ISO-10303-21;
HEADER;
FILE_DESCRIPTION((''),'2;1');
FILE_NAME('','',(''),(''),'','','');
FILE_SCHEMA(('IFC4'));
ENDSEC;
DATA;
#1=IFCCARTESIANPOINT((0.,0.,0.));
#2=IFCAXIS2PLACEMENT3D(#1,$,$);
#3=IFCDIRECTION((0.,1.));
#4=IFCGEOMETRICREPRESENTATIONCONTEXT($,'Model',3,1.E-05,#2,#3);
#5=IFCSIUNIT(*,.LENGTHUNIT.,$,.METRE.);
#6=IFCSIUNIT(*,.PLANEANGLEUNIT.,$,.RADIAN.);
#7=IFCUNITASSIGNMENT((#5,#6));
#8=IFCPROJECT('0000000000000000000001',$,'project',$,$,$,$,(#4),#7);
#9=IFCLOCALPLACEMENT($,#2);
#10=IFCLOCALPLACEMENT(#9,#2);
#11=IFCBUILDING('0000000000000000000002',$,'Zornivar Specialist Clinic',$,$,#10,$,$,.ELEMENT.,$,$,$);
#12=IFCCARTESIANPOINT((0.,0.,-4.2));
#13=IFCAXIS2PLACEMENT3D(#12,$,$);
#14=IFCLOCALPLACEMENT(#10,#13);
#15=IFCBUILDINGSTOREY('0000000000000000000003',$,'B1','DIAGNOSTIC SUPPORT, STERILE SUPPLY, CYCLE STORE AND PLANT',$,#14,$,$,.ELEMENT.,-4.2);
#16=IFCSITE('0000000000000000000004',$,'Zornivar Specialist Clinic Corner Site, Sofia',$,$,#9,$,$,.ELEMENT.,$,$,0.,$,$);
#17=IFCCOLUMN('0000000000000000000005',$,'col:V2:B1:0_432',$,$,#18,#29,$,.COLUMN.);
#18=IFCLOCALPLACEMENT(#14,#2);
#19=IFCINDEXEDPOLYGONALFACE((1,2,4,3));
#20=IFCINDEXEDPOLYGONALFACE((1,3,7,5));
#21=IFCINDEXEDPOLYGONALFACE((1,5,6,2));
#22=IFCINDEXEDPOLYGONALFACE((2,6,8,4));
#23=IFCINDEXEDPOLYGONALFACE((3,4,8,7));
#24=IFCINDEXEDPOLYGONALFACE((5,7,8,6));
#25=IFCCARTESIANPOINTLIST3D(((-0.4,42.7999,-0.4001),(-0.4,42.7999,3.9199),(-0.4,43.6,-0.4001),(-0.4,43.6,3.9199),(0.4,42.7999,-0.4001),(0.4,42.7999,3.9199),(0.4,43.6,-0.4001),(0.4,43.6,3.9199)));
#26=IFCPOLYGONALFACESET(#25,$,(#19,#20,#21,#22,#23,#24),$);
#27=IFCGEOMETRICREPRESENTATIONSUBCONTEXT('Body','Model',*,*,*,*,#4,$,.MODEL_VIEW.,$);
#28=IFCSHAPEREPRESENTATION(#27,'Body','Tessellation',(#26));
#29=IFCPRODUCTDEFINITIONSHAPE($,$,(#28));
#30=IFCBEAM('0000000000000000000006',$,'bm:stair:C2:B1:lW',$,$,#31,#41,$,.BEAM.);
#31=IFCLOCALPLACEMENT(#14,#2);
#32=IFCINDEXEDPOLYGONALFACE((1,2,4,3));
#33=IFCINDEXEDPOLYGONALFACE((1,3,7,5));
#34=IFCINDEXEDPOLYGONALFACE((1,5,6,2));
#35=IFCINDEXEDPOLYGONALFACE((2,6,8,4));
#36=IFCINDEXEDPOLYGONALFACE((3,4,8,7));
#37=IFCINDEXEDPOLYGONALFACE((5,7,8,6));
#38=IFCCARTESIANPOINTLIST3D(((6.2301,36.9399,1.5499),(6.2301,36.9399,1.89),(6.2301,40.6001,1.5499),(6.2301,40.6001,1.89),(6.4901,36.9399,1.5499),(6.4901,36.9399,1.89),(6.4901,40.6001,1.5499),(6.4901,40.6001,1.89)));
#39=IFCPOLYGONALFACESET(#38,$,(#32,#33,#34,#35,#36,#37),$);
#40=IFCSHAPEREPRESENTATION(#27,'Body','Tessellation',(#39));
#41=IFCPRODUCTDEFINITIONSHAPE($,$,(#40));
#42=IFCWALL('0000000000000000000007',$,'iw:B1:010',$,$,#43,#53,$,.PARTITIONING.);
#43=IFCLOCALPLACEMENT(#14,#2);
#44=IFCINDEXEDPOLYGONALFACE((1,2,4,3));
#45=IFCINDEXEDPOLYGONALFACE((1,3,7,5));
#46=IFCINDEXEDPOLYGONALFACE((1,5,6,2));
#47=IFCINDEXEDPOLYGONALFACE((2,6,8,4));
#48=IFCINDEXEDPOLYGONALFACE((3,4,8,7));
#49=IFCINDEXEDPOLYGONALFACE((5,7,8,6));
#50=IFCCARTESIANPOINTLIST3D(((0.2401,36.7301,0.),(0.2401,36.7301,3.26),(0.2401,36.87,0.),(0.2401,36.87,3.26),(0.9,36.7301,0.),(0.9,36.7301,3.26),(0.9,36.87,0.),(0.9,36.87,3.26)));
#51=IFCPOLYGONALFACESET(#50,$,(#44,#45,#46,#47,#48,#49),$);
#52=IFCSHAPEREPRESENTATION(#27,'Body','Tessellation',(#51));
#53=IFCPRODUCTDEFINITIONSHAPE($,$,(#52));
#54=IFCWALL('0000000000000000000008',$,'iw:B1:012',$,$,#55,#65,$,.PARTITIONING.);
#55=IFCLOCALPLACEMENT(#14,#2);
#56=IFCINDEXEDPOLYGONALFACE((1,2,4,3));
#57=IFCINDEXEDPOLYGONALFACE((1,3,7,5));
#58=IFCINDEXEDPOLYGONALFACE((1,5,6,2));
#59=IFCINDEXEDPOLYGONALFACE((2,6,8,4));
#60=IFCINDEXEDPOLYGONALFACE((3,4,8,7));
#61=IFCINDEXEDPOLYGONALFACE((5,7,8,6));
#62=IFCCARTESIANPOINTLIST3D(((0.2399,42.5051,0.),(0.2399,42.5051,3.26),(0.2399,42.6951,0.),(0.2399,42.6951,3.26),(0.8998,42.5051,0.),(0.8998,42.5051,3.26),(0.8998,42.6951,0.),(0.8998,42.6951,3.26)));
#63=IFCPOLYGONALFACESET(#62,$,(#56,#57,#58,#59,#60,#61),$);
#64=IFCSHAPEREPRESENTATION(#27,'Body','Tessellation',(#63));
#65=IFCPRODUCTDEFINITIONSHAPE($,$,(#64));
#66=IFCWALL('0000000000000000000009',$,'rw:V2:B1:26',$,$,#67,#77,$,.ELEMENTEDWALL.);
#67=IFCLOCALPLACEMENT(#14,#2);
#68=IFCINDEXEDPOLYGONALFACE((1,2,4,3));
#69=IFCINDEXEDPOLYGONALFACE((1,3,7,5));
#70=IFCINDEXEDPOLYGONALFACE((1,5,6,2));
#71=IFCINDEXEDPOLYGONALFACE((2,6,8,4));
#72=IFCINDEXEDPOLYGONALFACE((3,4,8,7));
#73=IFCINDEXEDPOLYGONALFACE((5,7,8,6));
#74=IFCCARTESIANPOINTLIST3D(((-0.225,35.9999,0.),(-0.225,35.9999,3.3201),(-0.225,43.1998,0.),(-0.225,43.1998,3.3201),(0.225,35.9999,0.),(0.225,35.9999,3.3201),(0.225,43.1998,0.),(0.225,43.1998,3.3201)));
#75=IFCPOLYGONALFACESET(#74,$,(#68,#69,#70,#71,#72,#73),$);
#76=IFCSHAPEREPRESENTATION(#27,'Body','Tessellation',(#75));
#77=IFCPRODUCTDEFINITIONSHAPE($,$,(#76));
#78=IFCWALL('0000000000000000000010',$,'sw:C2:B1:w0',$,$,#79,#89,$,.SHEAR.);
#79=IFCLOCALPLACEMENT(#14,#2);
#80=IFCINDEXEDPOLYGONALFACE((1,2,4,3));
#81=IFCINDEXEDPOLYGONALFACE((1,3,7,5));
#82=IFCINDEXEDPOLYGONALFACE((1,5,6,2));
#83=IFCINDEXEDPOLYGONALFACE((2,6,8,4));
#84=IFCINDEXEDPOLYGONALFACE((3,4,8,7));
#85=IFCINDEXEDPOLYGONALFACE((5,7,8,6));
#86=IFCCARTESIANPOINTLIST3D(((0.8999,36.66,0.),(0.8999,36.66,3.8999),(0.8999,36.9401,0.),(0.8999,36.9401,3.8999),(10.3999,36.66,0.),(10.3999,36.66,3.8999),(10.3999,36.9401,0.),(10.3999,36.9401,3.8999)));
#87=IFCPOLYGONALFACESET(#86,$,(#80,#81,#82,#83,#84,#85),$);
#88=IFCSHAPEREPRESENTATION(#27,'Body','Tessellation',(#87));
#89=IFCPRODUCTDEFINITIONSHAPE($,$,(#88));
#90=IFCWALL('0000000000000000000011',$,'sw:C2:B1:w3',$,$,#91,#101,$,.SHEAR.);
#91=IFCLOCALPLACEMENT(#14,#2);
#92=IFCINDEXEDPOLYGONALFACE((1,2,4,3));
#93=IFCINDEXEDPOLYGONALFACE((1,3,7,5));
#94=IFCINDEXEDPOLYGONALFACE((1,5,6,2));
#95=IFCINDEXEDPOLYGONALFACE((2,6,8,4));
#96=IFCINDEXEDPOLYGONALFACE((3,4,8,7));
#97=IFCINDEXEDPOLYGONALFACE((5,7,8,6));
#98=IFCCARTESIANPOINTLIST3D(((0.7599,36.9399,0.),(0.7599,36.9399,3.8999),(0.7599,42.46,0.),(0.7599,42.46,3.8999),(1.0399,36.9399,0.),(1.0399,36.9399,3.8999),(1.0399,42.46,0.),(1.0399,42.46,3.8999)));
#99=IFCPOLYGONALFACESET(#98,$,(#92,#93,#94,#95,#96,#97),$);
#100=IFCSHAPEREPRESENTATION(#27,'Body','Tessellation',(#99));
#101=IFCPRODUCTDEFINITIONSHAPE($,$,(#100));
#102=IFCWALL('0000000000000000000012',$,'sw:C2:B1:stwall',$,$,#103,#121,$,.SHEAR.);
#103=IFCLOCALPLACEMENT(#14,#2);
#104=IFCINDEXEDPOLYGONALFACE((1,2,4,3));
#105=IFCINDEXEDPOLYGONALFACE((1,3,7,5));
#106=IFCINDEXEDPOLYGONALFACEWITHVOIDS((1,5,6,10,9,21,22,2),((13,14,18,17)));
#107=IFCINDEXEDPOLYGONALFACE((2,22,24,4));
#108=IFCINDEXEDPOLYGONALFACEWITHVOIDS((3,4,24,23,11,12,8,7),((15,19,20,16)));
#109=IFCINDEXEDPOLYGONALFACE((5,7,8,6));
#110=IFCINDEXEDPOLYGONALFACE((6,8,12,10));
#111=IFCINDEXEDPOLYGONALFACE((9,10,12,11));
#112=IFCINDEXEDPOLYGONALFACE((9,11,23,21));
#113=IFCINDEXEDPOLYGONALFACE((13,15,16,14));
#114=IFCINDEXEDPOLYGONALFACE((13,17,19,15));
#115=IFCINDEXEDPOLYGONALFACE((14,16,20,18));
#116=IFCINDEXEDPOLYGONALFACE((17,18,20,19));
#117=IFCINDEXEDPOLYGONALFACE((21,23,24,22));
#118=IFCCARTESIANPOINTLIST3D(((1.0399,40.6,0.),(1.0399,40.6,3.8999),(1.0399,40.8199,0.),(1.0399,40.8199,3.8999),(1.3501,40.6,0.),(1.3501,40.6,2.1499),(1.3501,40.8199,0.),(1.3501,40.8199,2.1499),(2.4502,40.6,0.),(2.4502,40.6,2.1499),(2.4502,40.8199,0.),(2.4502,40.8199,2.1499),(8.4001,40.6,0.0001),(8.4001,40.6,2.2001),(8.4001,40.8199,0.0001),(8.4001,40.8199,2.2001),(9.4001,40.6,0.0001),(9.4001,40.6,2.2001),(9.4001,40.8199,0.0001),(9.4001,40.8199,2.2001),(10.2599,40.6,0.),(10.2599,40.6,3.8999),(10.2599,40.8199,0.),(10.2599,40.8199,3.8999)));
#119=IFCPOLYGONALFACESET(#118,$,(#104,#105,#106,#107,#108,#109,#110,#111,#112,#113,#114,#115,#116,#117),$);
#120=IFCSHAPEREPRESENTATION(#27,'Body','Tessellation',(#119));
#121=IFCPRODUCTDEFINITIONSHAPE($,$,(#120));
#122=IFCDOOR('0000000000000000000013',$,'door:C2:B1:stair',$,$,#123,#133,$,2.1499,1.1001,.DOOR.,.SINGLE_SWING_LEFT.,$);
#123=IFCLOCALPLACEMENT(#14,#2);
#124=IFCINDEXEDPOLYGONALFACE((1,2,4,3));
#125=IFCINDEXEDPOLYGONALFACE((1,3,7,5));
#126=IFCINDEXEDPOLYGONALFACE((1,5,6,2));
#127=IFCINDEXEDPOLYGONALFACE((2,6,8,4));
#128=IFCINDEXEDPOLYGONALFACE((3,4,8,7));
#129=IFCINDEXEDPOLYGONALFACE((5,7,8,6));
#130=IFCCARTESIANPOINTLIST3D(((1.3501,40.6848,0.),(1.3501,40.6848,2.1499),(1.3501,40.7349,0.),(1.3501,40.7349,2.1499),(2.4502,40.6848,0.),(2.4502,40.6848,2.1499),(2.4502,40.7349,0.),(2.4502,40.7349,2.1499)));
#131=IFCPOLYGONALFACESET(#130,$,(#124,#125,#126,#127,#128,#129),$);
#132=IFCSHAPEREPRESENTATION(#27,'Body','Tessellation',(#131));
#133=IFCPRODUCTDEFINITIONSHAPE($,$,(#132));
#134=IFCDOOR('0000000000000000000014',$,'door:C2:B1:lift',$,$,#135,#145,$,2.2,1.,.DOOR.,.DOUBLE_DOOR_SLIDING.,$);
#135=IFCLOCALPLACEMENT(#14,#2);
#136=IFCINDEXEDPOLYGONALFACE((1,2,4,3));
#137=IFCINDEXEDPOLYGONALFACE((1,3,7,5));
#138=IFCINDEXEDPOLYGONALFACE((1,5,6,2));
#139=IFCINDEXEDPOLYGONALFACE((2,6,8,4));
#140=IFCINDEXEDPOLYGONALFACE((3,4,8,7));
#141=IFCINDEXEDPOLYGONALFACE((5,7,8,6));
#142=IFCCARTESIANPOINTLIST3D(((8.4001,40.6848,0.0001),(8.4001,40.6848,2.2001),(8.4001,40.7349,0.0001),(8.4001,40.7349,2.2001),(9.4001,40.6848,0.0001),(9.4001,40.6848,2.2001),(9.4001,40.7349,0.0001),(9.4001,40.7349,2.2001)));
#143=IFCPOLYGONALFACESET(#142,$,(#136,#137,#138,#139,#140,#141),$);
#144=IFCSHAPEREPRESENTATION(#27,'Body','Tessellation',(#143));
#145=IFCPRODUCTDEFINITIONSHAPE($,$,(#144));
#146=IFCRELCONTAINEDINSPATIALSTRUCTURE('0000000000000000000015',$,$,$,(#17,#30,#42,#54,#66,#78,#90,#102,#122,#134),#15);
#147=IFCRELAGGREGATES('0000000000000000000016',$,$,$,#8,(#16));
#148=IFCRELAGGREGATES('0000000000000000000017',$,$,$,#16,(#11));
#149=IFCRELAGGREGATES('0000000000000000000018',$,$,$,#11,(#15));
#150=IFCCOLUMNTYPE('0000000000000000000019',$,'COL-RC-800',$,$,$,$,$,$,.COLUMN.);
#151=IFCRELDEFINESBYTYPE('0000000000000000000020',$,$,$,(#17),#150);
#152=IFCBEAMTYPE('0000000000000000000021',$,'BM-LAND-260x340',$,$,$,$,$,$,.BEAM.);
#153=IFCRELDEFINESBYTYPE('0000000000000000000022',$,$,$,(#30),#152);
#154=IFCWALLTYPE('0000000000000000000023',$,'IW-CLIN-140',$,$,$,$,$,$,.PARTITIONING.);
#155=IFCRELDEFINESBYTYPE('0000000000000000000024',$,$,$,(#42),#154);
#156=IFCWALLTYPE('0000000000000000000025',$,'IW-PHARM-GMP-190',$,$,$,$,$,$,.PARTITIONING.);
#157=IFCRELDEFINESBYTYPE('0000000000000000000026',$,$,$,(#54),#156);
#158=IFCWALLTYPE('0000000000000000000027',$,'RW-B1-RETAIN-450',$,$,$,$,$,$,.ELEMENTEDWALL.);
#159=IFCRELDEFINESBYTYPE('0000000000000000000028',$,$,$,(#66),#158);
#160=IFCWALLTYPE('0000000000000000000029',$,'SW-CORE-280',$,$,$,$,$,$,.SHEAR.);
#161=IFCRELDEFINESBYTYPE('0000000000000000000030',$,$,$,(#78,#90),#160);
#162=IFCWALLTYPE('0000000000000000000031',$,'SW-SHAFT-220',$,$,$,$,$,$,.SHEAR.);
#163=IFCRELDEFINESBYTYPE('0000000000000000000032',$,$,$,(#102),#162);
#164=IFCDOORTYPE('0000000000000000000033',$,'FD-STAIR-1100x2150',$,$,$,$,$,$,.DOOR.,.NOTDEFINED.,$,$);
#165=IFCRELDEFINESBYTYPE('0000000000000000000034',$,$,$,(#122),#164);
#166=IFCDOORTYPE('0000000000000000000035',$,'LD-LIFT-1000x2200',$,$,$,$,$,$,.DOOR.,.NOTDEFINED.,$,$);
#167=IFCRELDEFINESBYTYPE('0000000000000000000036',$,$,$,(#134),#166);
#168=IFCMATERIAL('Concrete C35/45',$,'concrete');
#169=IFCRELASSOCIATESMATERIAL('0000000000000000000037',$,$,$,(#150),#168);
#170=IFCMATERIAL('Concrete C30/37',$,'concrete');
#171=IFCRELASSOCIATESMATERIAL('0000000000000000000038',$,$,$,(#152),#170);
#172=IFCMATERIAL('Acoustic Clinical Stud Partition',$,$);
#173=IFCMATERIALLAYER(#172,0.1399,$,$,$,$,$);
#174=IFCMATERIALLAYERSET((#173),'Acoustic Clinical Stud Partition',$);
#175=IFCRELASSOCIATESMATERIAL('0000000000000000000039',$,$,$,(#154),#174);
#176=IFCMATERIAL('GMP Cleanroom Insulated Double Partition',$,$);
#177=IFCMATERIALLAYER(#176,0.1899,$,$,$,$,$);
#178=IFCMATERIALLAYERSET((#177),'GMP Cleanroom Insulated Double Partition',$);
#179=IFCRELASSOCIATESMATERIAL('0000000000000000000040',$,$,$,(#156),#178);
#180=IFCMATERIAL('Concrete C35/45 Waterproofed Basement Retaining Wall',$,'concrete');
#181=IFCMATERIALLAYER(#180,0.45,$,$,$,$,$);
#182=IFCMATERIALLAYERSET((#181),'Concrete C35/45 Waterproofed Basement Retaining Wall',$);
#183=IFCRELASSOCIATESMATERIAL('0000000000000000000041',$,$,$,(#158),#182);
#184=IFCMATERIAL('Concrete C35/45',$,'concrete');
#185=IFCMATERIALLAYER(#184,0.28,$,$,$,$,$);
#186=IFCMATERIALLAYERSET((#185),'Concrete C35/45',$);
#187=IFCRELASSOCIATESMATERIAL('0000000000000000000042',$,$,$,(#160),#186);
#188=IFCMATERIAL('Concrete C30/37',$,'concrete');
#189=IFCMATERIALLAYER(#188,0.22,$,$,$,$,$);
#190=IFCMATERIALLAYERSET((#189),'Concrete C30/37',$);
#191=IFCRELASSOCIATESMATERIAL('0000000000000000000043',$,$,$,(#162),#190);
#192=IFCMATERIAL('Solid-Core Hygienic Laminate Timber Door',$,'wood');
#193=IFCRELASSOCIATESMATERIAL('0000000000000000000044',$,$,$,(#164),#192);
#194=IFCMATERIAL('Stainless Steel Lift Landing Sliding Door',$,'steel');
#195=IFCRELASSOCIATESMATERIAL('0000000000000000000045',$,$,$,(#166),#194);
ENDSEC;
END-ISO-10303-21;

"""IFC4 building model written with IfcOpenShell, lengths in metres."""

from ifc_helpers import new_model, si_unit, direction, frame, frame_2d, origin, origin_2d, place, context, subcontext, project, spatial, rectangle, extrude, material, layer, layer_set, material_profile, profile_set, type_object, element, fill, save


model = new_model("IFC4")

# Units and contexts
model_context = context("Model", 3, precision=1e-05, world=origin(), true_north=direction((0.0, 1.0)))
body_context = subcontext(model_context, "Body", "Model", "MODEL_VIEW")
ifc_project = project(units=[si_unit("LENGTHUNIT", "METRE"), si_unit("PLANEANGLEUNIT", "RADIAN")], contexts=[model_context])

# Site, building, storey
site_placement = place(None, origin())
site = spatial("IfcSite", under=ifc_project, at=site_placement, Name="Zornivar Specialist Clinic Corner Site, Sofia", CompositionType="ELEMENT", RefElevation=0.0)
building_placement = place(site_placement, origin())
building = spatial("IfcBuilding", under=site, at=building_placement, Name="Zornivar Specialist Clinic", CompositionType="ELEMENT")
storey_placement = place(building_placement, frame((0.0, 0.0, -4.2)))
storey = spatial("IfcBuildingStorey", under=building, at=storey_placement, Name="B1", Description="DIAGNOSTIC SUPPORT, STERILE SUPPLY, CYCLE STORE AND PLANT", CompositionType="ELEMENT", Elevation=-4.2)

# Column
ifc_material_1 = material(Name="Concrete C35/45", Category="concrete")
ifc_material_profile_1 = material_profile(ifc_material_1, rectangle(XDim=0.8, YDim=0.8, at=origin_2d()), Name="RC 800x800")
ifc_profile_set_1 = profile_set([ifc_material_profile_1], Name="Concrete C35/45")
column_type = type_object("IfcColumnType", Name="COL-RC-800", PredefinedType="COLUMN", material=ifc_profile_set_1)
column_placement = place(storey_placement, frame((0.0, 43.2, -0.4001), z_axis=(0.0, 0.0, 1.0), x_axis=(1.0, 0.0, 0.0)))
element("IfcColumn", 1, at=column_placement, inside=storey, type_object=column_type, Name="col:V2:B1:0_432", PredefinedType="COLUMN", context=body_context, shape_type="SweptSolid", body=[
    extrude(rectangle(XDim=0.8, YDim=0.8, at=origin_2d()), origin(), (0.0, 0.0, 1.0), 4.3201),
])

# Beam
ifc_material_2 = material(Name="Concrete C30/37", Category="concrete")
ifc_material_profile_2 = material_profile(ifc_material_2, rectangle(XDim=0.26, YDim=0.3401, at=origin_2d()), Name="RC 260x340")
ifc_profile_set_2 = profile_set([ifc_material_profile_2], Name="Concrete C30/37")
beam_type = type_object("IfcBeamType", Name="BM-LAND-260x340", PredefinedType="BEAM", material=ifc_profile_set_2)
beam_placement = place(storey_placement, frame((6.3601, 36.9399, 1.72), z_axis=(0.0, 1.0, 0.0), x_axis=(-1.0, 0.0, 0.0)))
element("IfcBeam", 2, at=beam_placement, inside=storey, type_object=beam_type, Name="bm:stair:C2:B1:lW", PredefinedType="BEAM", context=body_context, shape_type="SweptSolid", body=[
    extrude(rectangle(XDim=0.26, YDim=0.3401, at=origin_2d()), origin(), (0.0, 0.0, 1.0), 3.6602),
])

# Walls
ifc_material_3 = material(Name="Acoustic Clinical Stud Partition")
ifc_layer_1 = layer(ifc_material_3, 0.1399)
ifc_layer_set_1 = layer_set([ifc_layer_1], Name="Acoustic Clinical Stud Partition")
wall_type_1 = type_object("IfcWallType", Name="IW-CLIN-140", PredefinedType="PARTITIONING", material=ifc_layer_set_1)
wall_1_placement = place(storey_placement, frame((0.24, 36.8, 0.0), z_axis=(0.0, 0.0, 1.0), x_axis=(1.0, 0.0, 0.0)))
element("IfcWall", 3, at=wall_1_placement, inside=storey, type_object=wall_type_1, Name="iw:B1:010", PredefinedType="PARTITIONING", context=body_context, shape_type="SweptSolid", body=[
    extrude(rectangle(XDim=0.6599, YDim=0.1399, at=frame_2d((0.3301, 0.0))), origin(), (0.0, 0.0, 1.0), 3.26),
])
ifc_material_4 = material(Name="GMP Cleanroom Insulated Double Partition")
ifc_layer_2 = layer(ifc_material_4, 0.1899)
ifc_layer_set_2 = layer_set([ifc_layer_2], Name="GMP Cleanroom Insulated Double Partition")
wall_type_2 = type_object("IfcWallType", Name="IW-PHARM-GMP-190", PredefinedType="PARTITIONING", material=ifc_layer_set_2)
wall_2_placement = place(storey_placement, frame((0.8999, 42.6001, 0.0), z_axis=(0.0, 0.0, 1.0), x_axis=(-1.0, 0.0, 0.0)))
element("IfcWall", 4, at=wall_2_placement, inside=storey, type_object=wall_type_2, Name="iw:B1:012", PredefinedType="PARTITIONING", context=body_context, shape_type="SweptSolid", body=[
    extrude(rectangle(XDim=0.6599, YDim=0.1899, at=frame_2d((0.3301, 0.0))), origin(), (0.0, 0.0, 1.0), 3.26),
])
ifc_material_5 = material(Name="Concrete C35/45 Waterproofed Basement Retaining Wall", Category="concrete")
ifc_layer_3 = layer(ifc_material_5, 0.45)
ifc_layer_set_3 = layer_set([ifc_layer_3], Name="Concrete C35/45 Waterproofed Basement Retaining Wall")
wall_type_3 = type_object("IfcWallType", Name="RW-B1-RETAIN-450", PredefinedType="ELEMENTEDWALL", material=ifc_layer_set_3)
wall_3_placement = place(storey_placement, frame((0.0, 43.2, 0.0), z_axis=(0.0, 0.0, 1.0), x_axis=(0.0, -1.0, 0.0)))
element("IfcWall", 5, at=wall_3_placement, inside=storey, type_object=wall_type_3, Name="rw:V2:B1:26", PredefinedType="ELEMENTEDWALL", context=body_context, shape_type="SweptSolid", body=[
    extrude(rectangle(XDim=7.2, YDim=0.45, at=frame_2d((3.6001, 0.0))), origin(), (0.0, 0.0, 1.0), 3.3201),
])
ifc_material_6 = material(Name="Concrete C35/45", Category="concrete")
ifc_layer_4 = layer(ifc_material_6, 0.28)
ifc_layer_set_4 = layer_set([ifc_layer_4], Name="Concrete C35/45")
wall_type_4 = type_object("IfcWallType", Name="SW-CORE-280", PredefinedType="SHEAR", material=ifc_layer_set_4)
wall_4_placement = place(storey_placement, frame((0.8999, 36.8, 0.0), z_axis=(0.0, 0.0, 1.0), x_axis=(1.0, 0.0, 0.0)))
element("IfcWall", 6, at=wall_4_placement, inside=storey, type_object=wall_type_4, Name="sw:C2:B1:w0", PredefinedType="SHEAR", context=body_context, shape_type="SweptSolid", body=[
    extrude(rectangle(XDim=9.5, YDim=0.28, at=frame_2d((4.75, 0.0))), origin(), (0.0, 0.0, 1.0), 3.8999),
])
wall_5_placement = place(storey_placement, frame((0.8999, 42.46, 0.0), z_axis=(0.0, 0.0, 1.0), x_axis=(0.0, -1.0, 0.0)))
element("IfcWall", 7, at=wall_5_placement, inside=storey, type_object=wall_type_4, Name="sw:C2:B1:w3", PredefinedType="SHEAR", context=body_context, shape_type="SweptSolid", body=[
    extrude(rectangle(XDim=5.52, YDim=0.28, at=frame_2d((2.76, 0.0))), origin(), (0.0, 0.0, 1.0), 3.8999),
])

# Wall, openings, doors
ifc_material_7 = material(Name="Concrete C30/37", Category="concrete")
ifc_layer_5 = layer(ifc_material_7, 0.22)
ifc_layer_set_5 = layer_set([ifc_layer_5], Name="Concrete C30/37")
wall_type_5 = type_object("IfcWallType", Name="SW-SHAFT-220", PredefinedType="SHEAR", material=ifc_layer_set_5)
wall_6_placement = place(storey_placement, frame((1.04, 40.71, 0.0), z_axis=(0.0, 0.0, 1.0), x_axis=(1.0, 0.0, 0.0)))
wall_6 = element("IfcWall", 8, at=wall_6_placement, inside=storey, type_object=wall_type_5, Name="sw:C2:B1:stwall", PredefinedType="SHEAR", context=body_context, shape_type="SweptSolid", body=[
    extrude(rectangle(XDim=9.22, YDim=0.22, at=frame_2d((4.6099, 0.0))), origin(), (0.0, 0.0, 1.0), 3.8999),
])
opening_1_placement = place(wall_6_placement, frame((0.3101, 0.0, 0.0)))
opening_1 = element("IfcOpeningElement", 9, at=opening_1_placement, cuts=wall_6, PredefinedType="OPENING", context=body_context, shape_type="SweptSolid", body=[
    extrude(rectangle(XDim=1.1001, YDim=2.1499, at=frame_2d((0.55, 1.075))), frame((0.0, 0.1199, 0.0), z_axis=(0.0, -1.0, 0.0), x_axis=(1.0, 0.0, 0.0)), (0.0, 0.0, 1.0), 0.24),
])
opening_2_placement = place(wall_6_placement, frame((7.3601, 0.0, 0.0)))
opening_2 = element("IfcOpeningElement", 10, at=opening_2_placement, cuts=wall_6, PredefinedType="OPENING", context=body_context, shape_type="SweptSolid", body=[
    extrude(rectangle(XDim=1.0, YDim=2.2, at=frame_2d((0.5, 1.1001))), frame((0.0, 0.1199, 0.0), z_axis=(0.0, -1.0, 0.0), x_axis=(1.0, 0.0, 0.0)), (0.0, 0.0, 1.0), 0.24),
])
ifc_material_8 = material(Name="Solid-Core Hygienic Laminate Timber Door", Category="wood")
door_type_1 = type_object("IfcDoorType", Name="FD-STAIR-1100x2150", OperationType="NOTDEFINED", PredefinedType="DOOR", material=ifc_material_8)
door_1_placement = place(opening_1_placement, origin())
door_1 = element("IfcDoor", 11, at=door_1_placement, inside=storey, type_object=door_type_1, Name="door:C2:B1:stair", OperationType="SINGLE_SWING_LEFT", OverallHeight=2.1499, OverallWidth=1.1001, PredefinedType="DOOR", context=body_context, shape_type="SweptSolid", body=[
    extrude(rectangle(XDim=1.1001, YDim=2.1499, at=frame_2d((0.55, 1.075))), frame((0.0, 0.0249, 0.0), z_axis=(0.0, -1.0, 0.0), x_axis=(1.0, 0.0, 0.0)), (0.0, 0.0, 1.0), 0.05),
])
fill(opening_1, door_1)
ifc_material_9 = material(Name="Stainless Steel Lift Landing Sliding Door", Category="steel")
door_type_2 = type_object("IfcDoorType", Name="LD-LIFT-1000x2200", OperationType="NOTDEFINED", PredefinedType="DOOR", material=ifc_material_9)
door_2_placement = place(opening_2_placement, origin())
door_2 = element("IfcDoor", 12, at=door_2_placement, inside=storey, type_object=door_type_2, Name="door:C2:B1:lift", OperationType="DOUBLE_DOOR_SLIDING", OverallHeight=2.2, OverallWidth=1.0, PredefinedType="DOOR", context=body_context, shape_type="SweptSolid", body=[
    extrude(rectangle(XDim=1.0, YDim=2.2, at=frame_2d((0.5, 1.1001))), frame((0.0, 0.0249, 0.0), z_axis=(0.0, -1.0, 0.0), x_axis=(1.0, 0.0, 0.0)), (0.0, 0.0, 1.0), 0.05),
])
fill(opening_2, door_2)

save(model, "model.ifc")
